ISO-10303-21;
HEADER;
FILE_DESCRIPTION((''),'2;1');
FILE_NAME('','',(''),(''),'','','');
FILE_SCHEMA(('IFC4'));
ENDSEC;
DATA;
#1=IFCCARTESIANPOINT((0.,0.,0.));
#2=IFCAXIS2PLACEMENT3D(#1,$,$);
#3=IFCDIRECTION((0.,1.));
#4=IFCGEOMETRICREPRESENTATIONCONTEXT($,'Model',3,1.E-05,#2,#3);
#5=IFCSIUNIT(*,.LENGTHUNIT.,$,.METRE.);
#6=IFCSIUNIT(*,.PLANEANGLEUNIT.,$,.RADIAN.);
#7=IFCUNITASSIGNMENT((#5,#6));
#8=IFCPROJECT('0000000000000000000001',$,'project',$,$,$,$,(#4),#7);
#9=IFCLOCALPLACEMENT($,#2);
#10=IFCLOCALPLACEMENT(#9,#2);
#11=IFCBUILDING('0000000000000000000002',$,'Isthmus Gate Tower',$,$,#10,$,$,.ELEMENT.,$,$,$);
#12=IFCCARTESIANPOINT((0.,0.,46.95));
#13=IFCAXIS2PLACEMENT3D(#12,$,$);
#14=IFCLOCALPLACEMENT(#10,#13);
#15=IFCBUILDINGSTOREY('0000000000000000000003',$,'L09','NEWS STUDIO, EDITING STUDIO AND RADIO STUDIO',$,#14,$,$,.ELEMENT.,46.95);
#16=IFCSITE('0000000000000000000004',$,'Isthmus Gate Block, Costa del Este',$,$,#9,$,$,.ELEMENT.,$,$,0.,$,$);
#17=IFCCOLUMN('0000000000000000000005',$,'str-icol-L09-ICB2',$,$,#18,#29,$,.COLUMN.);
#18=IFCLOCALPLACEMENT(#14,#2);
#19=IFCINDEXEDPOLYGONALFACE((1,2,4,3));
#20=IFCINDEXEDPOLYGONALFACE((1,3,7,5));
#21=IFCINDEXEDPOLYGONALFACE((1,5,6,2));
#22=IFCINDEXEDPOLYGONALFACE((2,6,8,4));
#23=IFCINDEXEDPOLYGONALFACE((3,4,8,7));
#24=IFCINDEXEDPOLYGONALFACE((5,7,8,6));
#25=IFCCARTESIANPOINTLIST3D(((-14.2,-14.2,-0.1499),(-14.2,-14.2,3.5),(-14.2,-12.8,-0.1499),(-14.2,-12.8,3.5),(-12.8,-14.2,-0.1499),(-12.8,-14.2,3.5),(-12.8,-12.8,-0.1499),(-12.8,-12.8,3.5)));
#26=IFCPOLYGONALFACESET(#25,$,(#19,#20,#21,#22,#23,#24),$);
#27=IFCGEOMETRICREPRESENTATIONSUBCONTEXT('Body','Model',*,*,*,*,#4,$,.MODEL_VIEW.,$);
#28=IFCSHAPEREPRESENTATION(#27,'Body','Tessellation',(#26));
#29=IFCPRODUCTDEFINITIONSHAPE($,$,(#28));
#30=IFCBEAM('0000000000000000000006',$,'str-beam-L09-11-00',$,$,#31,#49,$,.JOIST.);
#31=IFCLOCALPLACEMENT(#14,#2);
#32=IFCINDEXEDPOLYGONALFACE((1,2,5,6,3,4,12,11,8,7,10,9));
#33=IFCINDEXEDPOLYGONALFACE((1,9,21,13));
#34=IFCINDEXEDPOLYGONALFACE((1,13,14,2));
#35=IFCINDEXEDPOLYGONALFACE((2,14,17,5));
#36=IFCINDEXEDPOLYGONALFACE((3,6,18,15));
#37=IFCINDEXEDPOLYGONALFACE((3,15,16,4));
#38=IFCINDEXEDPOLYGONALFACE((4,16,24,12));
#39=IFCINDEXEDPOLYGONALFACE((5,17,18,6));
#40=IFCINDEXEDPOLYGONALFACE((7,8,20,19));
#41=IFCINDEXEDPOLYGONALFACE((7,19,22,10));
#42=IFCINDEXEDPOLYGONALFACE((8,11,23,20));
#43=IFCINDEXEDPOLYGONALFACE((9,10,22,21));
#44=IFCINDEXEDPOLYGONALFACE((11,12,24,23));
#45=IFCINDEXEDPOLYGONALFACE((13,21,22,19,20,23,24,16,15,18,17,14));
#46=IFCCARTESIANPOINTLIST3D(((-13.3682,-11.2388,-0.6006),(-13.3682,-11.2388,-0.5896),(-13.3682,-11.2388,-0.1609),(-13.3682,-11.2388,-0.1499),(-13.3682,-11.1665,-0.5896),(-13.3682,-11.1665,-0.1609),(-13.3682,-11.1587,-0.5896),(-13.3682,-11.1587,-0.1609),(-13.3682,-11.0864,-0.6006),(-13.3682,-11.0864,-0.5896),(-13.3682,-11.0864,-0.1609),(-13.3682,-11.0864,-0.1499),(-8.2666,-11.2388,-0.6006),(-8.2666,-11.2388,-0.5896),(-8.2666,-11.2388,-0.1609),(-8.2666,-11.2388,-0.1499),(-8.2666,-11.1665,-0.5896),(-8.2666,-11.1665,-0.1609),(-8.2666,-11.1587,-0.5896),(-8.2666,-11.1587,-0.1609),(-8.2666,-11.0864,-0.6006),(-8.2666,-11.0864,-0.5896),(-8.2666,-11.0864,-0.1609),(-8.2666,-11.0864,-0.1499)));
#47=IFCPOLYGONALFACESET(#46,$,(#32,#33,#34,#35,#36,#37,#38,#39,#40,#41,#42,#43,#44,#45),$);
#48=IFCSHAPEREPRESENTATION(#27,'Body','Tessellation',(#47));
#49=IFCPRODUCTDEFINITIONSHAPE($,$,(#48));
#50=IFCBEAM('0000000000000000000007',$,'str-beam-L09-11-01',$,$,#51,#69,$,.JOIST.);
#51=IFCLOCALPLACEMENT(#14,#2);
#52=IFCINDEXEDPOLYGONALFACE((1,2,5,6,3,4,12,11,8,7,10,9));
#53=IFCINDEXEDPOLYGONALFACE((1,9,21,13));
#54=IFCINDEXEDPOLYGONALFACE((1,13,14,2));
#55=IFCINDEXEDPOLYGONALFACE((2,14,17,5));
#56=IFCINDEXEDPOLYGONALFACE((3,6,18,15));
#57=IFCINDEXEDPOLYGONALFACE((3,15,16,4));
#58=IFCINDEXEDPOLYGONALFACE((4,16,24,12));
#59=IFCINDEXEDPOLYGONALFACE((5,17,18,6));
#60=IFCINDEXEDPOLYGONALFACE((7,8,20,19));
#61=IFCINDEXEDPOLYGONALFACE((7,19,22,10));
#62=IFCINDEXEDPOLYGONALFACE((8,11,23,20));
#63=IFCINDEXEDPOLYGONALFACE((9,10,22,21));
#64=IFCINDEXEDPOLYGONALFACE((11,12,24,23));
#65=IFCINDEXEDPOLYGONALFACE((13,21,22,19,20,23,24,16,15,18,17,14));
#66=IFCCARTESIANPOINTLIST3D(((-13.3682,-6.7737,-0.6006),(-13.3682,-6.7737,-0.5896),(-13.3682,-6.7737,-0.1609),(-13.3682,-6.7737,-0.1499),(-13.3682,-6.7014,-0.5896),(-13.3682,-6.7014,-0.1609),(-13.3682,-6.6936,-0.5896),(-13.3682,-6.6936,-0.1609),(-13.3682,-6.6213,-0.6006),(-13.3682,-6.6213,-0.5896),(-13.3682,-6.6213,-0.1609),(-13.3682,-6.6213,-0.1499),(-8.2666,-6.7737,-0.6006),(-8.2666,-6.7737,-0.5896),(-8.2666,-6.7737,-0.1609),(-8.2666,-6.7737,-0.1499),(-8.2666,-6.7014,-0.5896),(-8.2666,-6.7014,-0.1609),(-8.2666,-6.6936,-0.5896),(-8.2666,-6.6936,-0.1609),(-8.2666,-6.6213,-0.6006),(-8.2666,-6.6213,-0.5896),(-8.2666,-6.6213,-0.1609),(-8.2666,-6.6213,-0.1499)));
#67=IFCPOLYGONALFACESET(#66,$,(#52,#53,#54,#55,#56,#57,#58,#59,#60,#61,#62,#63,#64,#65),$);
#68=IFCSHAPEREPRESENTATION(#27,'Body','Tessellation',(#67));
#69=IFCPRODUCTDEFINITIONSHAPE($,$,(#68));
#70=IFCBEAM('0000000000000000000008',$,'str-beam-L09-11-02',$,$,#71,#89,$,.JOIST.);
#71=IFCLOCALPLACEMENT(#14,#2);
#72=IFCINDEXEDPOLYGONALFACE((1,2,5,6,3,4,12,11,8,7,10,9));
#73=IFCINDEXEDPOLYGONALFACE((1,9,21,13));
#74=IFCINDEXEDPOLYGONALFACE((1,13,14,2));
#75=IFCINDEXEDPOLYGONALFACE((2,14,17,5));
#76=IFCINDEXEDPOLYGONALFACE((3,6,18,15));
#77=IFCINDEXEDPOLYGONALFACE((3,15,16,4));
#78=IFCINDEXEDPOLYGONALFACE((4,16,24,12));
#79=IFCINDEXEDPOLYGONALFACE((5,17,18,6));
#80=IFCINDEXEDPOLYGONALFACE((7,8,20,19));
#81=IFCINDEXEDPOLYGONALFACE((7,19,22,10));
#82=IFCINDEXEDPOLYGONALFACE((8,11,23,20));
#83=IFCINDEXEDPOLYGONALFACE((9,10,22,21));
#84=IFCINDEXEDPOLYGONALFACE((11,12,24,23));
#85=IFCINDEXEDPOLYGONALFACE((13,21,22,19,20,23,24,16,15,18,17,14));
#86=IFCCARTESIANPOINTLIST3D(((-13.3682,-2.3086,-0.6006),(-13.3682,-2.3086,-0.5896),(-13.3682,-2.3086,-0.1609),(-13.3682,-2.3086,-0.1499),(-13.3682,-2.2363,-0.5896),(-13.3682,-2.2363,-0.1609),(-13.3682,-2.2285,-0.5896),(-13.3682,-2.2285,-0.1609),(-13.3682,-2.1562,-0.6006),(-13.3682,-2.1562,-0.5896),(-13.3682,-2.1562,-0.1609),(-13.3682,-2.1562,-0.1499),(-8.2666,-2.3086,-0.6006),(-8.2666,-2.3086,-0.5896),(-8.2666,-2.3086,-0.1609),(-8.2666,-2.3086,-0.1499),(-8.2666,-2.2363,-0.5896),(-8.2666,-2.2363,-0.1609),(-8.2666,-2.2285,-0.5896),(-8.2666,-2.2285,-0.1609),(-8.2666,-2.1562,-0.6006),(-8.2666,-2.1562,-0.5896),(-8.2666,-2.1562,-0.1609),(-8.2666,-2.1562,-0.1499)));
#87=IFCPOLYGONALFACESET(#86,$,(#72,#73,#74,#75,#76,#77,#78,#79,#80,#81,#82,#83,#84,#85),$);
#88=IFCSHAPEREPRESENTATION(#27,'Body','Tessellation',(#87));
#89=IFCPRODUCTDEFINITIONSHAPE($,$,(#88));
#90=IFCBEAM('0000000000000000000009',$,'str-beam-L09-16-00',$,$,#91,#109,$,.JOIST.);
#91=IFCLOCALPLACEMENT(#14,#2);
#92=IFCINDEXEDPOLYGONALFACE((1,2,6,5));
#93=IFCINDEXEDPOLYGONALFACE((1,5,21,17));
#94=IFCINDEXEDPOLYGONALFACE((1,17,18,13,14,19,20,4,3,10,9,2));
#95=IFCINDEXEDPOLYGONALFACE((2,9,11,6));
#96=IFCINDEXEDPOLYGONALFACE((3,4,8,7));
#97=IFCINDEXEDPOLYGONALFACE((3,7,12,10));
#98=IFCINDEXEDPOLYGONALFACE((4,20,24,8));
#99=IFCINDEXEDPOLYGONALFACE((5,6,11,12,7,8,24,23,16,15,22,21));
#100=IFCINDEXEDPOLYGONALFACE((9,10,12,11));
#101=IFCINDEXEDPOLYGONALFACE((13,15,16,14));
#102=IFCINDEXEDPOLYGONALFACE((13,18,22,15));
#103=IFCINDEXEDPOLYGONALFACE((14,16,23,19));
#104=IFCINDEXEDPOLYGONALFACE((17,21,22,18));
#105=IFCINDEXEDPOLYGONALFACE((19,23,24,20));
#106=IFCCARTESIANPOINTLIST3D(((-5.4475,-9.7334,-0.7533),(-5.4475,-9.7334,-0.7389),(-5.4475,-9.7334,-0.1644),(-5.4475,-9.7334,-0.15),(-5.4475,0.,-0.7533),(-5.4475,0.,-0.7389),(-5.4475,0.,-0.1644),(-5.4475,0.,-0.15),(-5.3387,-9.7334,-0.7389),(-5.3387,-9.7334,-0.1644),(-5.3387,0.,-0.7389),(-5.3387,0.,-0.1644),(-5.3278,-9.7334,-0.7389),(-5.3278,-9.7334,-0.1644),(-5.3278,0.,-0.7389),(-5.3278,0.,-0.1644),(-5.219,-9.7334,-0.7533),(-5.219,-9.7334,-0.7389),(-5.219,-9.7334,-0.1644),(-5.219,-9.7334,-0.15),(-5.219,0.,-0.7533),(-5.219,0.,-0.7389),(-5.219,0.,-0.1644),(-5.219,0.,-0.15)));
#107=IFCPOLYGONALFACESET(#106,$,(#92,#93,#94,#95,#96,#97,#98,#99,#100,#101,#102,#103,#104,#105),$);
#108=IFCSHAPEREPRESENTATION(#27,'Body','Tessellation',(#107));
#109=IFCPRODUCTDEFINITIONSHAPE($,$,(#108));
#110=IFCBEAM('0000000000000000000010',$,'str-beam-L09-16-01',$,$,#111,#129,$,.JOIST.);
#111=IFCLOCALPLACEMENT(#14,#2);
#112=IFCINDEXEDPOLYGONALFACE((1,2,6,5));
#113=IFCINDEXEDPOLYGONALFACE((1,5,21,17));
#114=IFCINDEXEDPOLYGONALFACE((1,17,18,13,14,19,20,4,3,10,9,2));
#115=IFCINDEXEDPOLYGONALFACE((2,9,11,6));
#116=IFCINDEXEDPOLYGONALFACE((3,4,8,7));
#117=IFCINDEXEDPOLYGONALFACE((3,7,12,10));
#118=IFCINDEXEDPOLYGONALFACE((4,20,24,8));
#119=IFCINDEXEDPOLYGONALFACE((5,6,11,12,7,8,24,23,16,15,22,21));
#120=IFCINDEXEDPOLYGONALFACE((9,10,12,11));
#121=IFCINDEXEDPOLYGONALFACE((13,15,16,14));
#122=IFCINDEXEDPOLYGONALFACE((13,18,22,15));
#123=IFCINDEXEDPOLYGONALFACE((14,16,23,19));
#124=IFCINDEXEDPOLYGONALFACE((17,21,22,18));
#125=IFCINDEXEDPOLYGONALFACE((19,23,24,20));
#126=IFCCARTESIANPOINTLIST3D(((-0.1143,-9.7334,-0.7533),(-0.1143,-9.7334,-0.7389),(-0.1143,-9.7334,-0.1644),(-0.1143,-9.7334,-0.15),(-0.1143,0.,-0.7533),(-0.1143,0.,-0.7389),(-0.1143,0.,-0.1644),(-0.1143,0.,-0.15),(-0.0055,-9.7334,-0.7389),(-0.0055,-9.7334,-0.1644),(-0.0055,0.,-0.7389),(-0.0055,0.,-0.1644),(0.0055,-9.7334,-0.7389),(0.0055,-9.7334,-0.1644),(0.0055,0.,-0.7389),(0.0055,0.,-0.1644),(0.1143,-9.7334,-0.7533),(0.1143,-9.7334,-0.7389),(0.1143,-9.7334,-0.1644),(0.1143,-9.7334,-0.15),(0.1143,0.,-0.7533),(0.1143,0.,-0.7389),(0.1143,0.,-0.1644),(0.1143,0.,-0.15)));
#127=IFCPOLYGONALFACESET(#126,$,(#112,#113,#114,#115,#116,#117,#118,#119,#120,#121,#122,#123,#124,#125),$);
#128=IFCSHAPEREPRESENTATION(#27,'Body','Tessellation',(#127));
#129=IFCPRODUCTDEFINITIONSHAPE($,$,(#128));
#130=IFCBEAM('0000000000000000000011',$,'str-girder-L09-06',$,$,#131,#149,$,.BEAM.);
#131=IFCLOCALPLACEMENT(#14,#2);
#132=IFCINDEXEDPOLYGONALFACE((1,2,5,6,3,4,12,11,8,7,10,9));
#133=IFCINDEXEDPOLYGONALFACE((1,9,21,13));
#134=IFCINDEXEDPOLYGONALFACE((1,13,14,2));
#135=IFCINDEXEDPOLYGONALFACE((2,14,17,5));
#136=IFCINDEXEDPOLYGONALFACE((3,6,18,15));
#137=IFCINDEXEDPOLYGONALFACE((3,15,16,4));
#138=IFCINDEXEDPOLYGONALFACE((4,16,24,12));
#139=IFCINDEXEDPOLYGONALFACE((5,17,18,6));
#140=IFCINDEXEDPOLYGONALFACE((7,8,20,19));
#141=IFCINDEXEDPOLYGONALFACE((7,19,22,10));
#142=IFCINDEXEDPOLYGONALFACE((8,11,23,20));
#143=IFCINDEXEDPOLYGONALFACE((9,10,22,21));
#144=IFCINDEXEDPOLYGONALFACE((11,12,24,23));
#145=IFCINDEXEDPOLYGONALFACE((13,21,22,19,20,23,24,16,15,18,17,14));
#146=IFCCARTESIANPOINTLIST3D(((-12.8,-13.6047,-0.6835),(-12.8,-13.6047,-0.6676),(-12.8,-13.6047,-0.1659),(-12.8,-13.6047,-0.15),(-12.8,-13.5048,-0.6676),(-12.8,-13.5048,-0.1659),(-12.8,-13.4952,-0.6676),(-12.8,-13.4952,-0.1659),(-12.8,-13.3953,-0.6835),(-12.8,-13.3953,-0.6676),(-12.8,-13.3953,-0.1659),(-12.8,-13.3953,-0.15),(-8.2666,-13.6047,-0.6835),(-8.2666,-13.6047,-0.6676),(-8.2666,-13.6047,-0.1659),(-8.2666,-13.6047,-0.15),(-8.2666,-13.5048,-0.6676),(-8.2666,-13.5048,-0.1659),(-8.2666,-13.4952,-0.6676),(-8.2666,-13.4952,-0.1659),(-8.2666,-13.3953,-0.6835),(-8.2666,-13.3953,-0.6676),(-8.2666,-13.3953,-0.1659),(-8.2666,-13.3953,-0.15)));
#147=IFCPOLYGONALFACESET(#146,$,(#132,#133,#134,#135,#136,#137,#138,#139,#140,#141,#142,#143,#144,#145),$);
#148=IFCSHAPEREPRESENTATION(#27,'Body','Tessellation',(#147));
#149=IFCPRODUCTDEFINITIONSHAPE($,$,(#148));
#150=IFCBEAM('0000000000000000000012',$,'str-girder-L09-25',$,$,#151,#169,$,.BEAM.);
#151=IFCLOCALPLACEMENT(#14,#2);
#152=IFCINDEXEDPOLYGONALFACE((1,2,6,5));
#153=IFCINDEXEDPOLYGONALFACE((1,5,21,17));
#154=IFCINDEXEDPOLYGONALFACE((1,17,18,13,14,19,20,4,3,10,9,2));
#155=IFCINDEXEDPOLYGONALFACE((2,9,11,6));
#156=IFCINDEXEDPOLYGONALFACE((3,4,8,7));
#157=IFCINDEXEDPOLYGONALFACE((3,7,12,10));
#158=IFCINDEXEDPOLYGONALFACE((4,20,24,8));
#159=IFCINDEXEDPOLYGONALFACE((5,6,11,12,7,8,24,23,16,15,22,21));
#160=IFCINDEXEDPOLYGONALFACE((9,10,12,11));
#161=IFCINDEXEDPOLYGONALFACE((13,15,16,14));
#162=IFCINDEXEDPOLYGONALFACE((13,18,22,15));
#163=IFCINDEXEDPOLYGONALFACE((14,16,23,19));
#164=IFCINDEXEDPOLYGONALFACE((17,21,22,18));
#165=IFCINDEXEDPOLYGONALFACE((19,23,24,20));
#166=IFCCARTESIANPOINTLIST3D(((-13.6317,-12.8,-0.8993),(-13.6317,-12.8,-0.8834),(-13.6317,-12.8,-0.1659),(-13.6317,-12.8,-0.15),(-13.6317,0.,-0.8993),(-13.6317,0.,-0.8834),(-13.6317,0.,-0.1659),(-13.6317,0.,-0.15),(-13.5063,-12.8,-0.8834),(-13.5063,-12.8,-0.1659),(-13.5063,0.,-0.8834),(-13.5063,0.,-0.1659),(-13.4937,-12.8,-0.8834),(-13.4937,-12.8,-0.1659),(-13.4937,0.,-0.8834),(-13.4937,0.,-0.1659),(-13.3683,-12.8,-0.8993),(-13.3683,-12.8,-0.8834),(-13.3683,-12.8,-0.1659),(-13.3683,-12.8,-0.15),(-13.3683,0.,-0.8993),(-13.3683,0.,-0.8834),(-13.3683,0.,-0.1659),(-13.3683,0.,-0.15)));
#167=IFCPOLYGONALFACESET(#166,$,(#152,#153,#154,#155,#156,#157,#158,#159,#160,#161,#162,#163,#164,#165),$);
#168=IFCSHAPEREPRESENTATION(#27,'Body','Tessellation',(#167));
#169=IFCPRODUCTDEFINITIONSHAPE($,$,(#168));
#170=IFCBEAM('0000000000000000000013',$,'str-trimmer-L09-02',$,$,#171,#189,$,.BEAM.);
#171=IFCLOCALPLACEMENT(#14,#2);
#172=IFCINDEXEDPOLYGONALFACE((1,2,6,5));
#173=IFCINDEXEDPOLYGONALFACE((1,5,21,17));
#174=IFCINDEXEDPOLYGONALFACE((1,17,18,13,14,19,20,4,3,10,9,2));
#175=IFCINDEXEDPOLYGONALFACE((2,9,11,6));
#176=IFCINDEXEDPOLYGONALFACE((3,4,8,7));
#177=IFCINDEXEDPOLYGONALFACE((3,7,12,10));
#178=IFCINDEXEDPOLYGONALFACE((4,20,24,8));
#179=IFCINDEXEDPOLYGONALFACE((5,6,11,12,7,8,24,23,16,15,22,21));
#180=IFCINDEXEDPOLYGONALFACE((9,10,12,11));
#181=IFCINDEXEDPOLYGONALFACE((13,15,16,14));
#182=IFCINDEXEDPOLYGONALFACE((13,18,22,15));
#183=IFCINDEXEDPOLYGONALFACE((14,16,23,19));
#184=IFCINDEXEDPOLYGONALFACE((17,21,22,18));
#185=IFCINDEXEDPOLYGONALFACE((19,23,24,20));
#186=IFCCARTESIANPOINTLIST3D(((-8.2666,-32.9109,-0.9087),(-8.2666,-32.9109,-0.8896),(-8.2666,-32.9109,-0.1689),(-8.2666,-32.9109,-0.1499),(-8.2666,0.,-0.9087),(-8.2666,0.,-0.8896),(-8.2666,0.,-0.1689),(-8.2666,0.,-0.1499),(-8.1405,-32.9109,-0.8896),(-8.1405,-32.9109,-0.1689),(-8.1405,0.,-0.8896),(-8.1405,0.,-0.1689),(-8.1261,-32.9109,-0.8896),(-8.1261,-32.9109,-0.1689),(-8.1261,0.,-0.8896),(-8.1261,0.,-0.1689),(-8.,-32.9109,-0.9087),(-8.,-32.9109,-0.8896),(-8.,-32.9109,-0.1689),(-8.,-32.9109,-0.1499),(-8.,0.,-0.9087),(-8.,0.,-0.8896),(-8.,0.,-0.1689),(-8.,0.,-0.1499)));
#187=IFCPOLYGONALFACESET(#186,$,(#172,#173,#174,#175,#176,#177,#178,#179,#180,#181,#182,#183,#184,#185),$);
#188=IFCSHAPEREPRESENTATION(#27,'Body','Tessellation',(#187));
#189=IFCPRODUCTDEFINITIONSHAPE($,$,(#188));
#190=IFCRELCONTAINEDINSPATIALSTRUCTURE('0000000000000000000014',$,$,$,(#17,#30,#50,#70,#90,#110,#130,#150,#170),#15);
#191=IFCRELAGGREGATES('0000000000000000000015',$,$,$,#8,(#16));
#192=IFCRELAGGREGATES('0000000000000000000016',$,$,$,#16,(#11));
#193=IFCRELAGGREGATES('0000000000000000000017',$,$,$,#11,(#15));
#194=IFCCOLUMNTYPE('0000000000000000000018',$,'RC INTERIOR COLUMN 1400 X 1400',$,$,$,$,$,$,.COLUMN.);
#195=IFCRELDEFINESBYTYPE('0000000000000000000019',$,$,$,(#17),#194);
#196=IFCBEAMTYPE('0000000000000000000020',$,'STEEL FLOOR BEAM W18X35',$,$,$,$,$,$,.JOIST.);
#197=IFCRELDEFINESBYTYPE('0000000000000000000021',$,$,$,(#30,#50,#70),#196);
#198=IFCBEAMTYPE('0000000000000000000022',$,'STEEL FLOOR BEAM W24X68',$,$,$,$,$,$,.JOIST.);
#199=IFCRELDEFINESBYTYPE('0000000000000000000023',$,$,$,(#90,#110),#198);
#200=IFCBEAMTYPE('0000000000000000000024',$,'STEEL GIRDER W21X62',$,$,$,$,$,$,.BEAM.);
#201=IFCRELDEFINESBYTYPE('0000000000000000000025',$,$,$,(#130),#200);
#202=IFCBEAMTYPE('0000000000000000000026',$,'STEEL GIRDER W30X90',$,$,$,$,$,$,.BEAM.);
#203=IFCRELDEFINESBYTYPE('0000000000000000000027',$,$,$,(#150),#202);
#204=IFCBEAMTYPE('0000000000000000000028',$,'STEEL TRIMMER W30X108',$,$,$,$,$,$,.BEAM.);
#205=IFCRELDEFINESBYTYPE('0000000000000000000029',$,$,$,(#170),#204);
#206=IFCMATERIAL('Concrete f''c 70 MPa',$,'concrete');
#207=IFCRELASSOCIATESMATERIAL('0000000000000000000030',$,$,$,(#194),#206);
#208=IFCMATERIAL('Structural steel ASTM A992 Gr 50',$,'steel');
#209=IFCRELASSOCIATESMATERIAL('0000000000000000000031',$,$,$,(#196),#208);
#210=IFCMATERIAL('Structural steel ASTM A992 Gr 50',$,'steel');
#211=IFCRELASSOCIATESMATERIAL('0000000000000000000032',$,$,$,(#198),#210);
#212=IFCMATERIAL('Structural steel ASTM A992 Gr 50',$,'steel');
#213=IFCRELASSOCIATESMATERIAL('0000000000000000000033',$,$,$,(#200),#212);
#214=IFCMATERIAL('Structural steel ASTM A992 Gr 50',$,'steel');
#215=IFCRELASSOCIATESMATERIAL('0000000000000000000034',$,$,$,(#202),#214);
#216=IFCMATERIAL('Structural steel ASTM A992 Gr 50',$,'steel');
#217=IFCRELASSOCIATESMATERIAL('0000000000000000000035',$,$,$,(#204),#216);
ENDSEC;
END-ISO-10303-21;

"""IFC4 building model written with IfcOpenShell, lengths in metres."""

from ifc_helpers import new_model, si_unit, direction, frame, origin, origin_2d, place, context, subcontext, project, spatial, rectangle, i_section, extrude, material, material_profile, profile_set, type_object, element, save


model = new_model("IFC4")

# Units and contexts
model_context = context("Model", 3, precision=1e-05, world=origin(), true_north=direction((0.0, 1.0)))
body_context = subcontext(model_context, "Body", "Model", "MODEL_VIEW")
ifc_project = project(units=[si_unit("LENGTHUNIT", "METRE"), si_unit("PLANEANGLEUNIT", "RADIAN")], contexts=[model_context])

# Site, building, storey
site_placement = place(None, origin())
site = spatial("IfcSite", under=ifc_project, at=site_placement, Name="Isthmus Gate Block, Costa del Este", CompositionType="ELEMENT", RefElevation=0.0)
building_placement = place(site_placement, origin())
building = spatial("IfcBuilding", under=site, at=building_placement, Name="Isthmus Gate Tower", CompositionType="ELEMENT")
storey_placement = place(building_placement, frame((0.0, 0.0, 46.95)))
storey = spatial("IfcBuildingStorey", under=building, at=storey_placement, Name="L09", Description="NEWS STUDIO, EDITING STUDIO AND RADIO STUDIO", CompositionType="ELEMENT", Elevation=46.95)

# Column
ifc_material_1 = material(Name="Concrete f'c 70 MPa", Category="concrete")
ifc_material_profile_1 = material_profile(ifc_material_1, rectangle(XDim=1.3999, YDim=1.3999, at=origin_2d()), Name="RC 1400X1400")
ifc_profile_set_1 = profile_set([ifc_material_profile_1], Name="Concrete f'c 70 MPa")
column_type = type_object("IfcColumnType", Name="RC INTERIOR COLUMN 1400 X 1400", PredefinedType="COLUMN", material=ifc_profile_set_1)
column_placement = place(storey_placement, frame((-13.5, -13.5, -0.1499), z_axis=(0.0, 0.0, 1.0), x_axis=(1.0, 0.0, 0.0)))
element("IfcColumn", 1, at=column_placement, inside=storey, type_object=column_type, Name="str-icol-L09-ICB2", PredefinedType="COLUMN", context=body_context, shape_type="SweptSolid", body=[
    extrude(rectangle(XDim=1.3999, YDim=1.3999, at=origin_2d()), origin(), (0.0, 0.0, 1.0), 3.6499),
])

# Beams
ifc_material_2 = material(Name="Structural steel ASTM A992 Gr 50", Category="steel")
ifc_material_profile_2 = material_profile(ifc_material_2, i_section(OverallWidth=0.1523, OverallDepth=0.4507, WebThickness=0.0078, FlangeThickness=0.011, at=origin_2d()), Name="W18X35")
ifc_profile_set_2 = profile_set([ifc_material_profile_2], Name="Structural steel ASTM A992 Gr 50")
beam_type_1 = type_object("IfcBeamType", Name="STEEL FLOOR BEAM W18X35", PredefinedType="JOIST", material=ifc_profile_set_2)
for number, where, z_axis, x_axis, name in (
    (2, (-13.3682, -11.1626, -0.3752), (1.0, 0.0, 0.0), (0.0, 1.0, 0.0), "str-beam-L09-11-00"),
    (3, (-13.3682, -6.6975, -0.3752), (1.0, 0.0, 0.0), (0.0, 1.0, 0.0), "str-beam-L09-11-01"),
    (4, (-13.3682, -2.2324, -0.3752), (1.0, 0.0, 0.0), (0.0, 1.0, 0.0), "str-beam-L09-11-02"),
):
    element("IfcBeam", number, at=place(storey_placement, frame(where, z_axis=z_axis, x_axis=x_axis)), inside=storey, type_object=beam_type_1, Name=name, PredefinedType="JOIST", context=body_context, shape_type="SweptSolid", body=[
        extrude(i_section(OverallWidth=0.1523, OverallDepth=0.4507, WebThickness=0.0078, FlangeThickness=0.011, at=origin_2d()), origin(), (0.0, 0.0, 1.0), 5.1016),
    ])
ifc_material_3 = material(Name="Structural steel ASTM A992 Gr 50", Category="steel")
ifc_material_profile_3 = material_profile(ifc_material_3, i_section(OverallWidth=0.2285, OverallDepth=0.6033, WebThickness=0.011, FlangeThickness=0.0144, at=origin_2d()), Name="W24X68")
ifc_profile_set_3 = profile_set([ifc_material_profile_3], Name="Structural steel ASTM A992 Gr 50")
beam_type_2 = type_object("IfcBeamType", Name="STEEL FLOOR BEAM W24X68", PredefinedType="JOIST", material=ifc_profile_set_3)
for number, where, z_axis, x_axis, name in (
    (5, (-5.3333, -9.7334, -0.4517), (0.0, 1.0, 0.0), (-1.0, 0.0, 0.0), "str-beam-L09-16-00"),
    (6, (0.0, -9.7334, -0.4517), (0.0, 1.0, 0.0), (-1.0, 0.0, 0.0), "str-beam-L09-16-01"),
):
    element("IfcBeam", number, at=place(storey_placement, frame(where, z_axis=z_axis, x_axis=x_axis)), inside=storey, type_object=beam_type_2, Name=name, PredefinedType="JOIST", context=body_context, shape_type="SweptSolid", body=[
        extrude(i_section(OverallWidth=0.2285, OverallDepth=0.6033, WebThickness=0.011, FlangeThickness=0.0144, at=origin_2d()), origin(), (0.0, 0.0, 1.0), 9.7334),
    ])
ifc_material_4 = material(Name="Structural steel ASTM A992 Gr 50", Category="steel")
ifc_material_profile_4 = material_profile(ifc_material_4, i_section(OverallWidth=0.2095, OverallDepth=0.5334, WebThickness=0.0095, FlangeThickness=0.0159, at=origin_2d()), Name="W21X62")
ifc_profile_set_4 = profile_set([ifc_material_profile_4], Name="Structural steel ASTM A992 Gr 50")
beam_type_3 = type_object("IfcBeamType", Name="STEEL GIRDER W21X62", PredefinedType="BEAM", material=ifc_profile_set_4)
beam_1_placement = place(storey_placement, frame((-12.8, -13.5, -0.4167), z_axis=(1.0, 0.0, 0.0), x_axis=(0.0, 1.0, 0.0)))
element("IfcBeam", 7, at=beam_1_placement, inside=storey, type_object=beam_type_3, Name="str-girder-L09-06", PredefinedType="BEAM", context=body_context, shape_type="SweptSolid", body=[
    extrude(i_section(OverallWidth=0.2095, OverallDepth=0.5334, WebThickness=0.0095, FlangeThickness=0.0159, at=origin_2d()), origin(), (0.0, 0.0, 1.0), 4.5334),
])
ifc_material_5 = material(Name="Structural steel ASTM A992 Gr 50", Category="steel")
ifc_material_profile_5 = material_profile(ifc_material_5, i_section(OverallWidth=0.2634, OverallDepth=0.7493, WebThickness=0.0127, FlangeThickness=0.0159, at=origin_2d()), Name="W30X90")
ifc_profile_set_5 = profile_set([ifc_material_profile_5], Name="Structural steel ASTM A992 Gr 50")
beam_type_4 = type_object("IfcBeamType", Name="STEEL GIRDER W30X90", PredefinedType="BEAM", material=ifc_profile_set_5)
beam_2_placement = place(storey_placement, frame((-13.5, -12.8, -0.5247), z_axis=(0.0, 1.0, 0.0), x_axis=(-1.0, 0.0, 0.0)))
element("IfcBeam", 8, at=beam_2_placement, inside=storey, type_object=beam_type_4, Name="str-girder-L09-25", PredefinedType="BEAM", context=body_context, shape_type="SweptSolid", body=[
    extrude(i_section(OverallWidth=0.2634, OverallDepth=0.7493, WebThickness=0.0127, FlangeThickness=0.0159, at=origin_2d()), origin(), (0.0, 0.0, 1.0), 12.8),
])
ifc_material_6 = material(Name="Structural steel ASTM A992 Gr 50", Category="steel")
ifc_material_profile_6 = material_profile(ifc_material_6, i_section(OverallWidth=0.2666, OverallDepth=0.7588, WebThickness=0.0144, FlangeThickness=0.019, at=origin_2d()), Name="W30X108")
ifc_profile_set_6 = profile_set([ifc_material_profile_6], Name="Structural steel ASTM A992 Gr 50")
beam_type_5 = type_object("IfcBeamType", Name="STEEL TRIMMER W30X108", PredefinedType="BEAM", material=ifc_profile_set_6)
beam_3_placement = place(storey_placement, frame((-8.1333, 0.0, -0.5293), z_axis=(0.0, -1.0, 0.0), x_axis=(1.0, 0.0, 0.0)))
element("IfcBeam", 9, at=beam_3_placement, inside=storey, type_object=beam_type_5, Name="str-trimmer-L09-02", PredefinedType="BEAM", context=body_context, shape_type="SweptSolid", body=[
    extrude(i_section(OverallWidth=0.2666, OverallDepth=0.7588, WebThickness=0.0144, FlangeThickness=0.019, at=origin_2d()), origin(), (0.0, 0.0, 1.0), 32.9109),
])

save(model, "model.ifc")
